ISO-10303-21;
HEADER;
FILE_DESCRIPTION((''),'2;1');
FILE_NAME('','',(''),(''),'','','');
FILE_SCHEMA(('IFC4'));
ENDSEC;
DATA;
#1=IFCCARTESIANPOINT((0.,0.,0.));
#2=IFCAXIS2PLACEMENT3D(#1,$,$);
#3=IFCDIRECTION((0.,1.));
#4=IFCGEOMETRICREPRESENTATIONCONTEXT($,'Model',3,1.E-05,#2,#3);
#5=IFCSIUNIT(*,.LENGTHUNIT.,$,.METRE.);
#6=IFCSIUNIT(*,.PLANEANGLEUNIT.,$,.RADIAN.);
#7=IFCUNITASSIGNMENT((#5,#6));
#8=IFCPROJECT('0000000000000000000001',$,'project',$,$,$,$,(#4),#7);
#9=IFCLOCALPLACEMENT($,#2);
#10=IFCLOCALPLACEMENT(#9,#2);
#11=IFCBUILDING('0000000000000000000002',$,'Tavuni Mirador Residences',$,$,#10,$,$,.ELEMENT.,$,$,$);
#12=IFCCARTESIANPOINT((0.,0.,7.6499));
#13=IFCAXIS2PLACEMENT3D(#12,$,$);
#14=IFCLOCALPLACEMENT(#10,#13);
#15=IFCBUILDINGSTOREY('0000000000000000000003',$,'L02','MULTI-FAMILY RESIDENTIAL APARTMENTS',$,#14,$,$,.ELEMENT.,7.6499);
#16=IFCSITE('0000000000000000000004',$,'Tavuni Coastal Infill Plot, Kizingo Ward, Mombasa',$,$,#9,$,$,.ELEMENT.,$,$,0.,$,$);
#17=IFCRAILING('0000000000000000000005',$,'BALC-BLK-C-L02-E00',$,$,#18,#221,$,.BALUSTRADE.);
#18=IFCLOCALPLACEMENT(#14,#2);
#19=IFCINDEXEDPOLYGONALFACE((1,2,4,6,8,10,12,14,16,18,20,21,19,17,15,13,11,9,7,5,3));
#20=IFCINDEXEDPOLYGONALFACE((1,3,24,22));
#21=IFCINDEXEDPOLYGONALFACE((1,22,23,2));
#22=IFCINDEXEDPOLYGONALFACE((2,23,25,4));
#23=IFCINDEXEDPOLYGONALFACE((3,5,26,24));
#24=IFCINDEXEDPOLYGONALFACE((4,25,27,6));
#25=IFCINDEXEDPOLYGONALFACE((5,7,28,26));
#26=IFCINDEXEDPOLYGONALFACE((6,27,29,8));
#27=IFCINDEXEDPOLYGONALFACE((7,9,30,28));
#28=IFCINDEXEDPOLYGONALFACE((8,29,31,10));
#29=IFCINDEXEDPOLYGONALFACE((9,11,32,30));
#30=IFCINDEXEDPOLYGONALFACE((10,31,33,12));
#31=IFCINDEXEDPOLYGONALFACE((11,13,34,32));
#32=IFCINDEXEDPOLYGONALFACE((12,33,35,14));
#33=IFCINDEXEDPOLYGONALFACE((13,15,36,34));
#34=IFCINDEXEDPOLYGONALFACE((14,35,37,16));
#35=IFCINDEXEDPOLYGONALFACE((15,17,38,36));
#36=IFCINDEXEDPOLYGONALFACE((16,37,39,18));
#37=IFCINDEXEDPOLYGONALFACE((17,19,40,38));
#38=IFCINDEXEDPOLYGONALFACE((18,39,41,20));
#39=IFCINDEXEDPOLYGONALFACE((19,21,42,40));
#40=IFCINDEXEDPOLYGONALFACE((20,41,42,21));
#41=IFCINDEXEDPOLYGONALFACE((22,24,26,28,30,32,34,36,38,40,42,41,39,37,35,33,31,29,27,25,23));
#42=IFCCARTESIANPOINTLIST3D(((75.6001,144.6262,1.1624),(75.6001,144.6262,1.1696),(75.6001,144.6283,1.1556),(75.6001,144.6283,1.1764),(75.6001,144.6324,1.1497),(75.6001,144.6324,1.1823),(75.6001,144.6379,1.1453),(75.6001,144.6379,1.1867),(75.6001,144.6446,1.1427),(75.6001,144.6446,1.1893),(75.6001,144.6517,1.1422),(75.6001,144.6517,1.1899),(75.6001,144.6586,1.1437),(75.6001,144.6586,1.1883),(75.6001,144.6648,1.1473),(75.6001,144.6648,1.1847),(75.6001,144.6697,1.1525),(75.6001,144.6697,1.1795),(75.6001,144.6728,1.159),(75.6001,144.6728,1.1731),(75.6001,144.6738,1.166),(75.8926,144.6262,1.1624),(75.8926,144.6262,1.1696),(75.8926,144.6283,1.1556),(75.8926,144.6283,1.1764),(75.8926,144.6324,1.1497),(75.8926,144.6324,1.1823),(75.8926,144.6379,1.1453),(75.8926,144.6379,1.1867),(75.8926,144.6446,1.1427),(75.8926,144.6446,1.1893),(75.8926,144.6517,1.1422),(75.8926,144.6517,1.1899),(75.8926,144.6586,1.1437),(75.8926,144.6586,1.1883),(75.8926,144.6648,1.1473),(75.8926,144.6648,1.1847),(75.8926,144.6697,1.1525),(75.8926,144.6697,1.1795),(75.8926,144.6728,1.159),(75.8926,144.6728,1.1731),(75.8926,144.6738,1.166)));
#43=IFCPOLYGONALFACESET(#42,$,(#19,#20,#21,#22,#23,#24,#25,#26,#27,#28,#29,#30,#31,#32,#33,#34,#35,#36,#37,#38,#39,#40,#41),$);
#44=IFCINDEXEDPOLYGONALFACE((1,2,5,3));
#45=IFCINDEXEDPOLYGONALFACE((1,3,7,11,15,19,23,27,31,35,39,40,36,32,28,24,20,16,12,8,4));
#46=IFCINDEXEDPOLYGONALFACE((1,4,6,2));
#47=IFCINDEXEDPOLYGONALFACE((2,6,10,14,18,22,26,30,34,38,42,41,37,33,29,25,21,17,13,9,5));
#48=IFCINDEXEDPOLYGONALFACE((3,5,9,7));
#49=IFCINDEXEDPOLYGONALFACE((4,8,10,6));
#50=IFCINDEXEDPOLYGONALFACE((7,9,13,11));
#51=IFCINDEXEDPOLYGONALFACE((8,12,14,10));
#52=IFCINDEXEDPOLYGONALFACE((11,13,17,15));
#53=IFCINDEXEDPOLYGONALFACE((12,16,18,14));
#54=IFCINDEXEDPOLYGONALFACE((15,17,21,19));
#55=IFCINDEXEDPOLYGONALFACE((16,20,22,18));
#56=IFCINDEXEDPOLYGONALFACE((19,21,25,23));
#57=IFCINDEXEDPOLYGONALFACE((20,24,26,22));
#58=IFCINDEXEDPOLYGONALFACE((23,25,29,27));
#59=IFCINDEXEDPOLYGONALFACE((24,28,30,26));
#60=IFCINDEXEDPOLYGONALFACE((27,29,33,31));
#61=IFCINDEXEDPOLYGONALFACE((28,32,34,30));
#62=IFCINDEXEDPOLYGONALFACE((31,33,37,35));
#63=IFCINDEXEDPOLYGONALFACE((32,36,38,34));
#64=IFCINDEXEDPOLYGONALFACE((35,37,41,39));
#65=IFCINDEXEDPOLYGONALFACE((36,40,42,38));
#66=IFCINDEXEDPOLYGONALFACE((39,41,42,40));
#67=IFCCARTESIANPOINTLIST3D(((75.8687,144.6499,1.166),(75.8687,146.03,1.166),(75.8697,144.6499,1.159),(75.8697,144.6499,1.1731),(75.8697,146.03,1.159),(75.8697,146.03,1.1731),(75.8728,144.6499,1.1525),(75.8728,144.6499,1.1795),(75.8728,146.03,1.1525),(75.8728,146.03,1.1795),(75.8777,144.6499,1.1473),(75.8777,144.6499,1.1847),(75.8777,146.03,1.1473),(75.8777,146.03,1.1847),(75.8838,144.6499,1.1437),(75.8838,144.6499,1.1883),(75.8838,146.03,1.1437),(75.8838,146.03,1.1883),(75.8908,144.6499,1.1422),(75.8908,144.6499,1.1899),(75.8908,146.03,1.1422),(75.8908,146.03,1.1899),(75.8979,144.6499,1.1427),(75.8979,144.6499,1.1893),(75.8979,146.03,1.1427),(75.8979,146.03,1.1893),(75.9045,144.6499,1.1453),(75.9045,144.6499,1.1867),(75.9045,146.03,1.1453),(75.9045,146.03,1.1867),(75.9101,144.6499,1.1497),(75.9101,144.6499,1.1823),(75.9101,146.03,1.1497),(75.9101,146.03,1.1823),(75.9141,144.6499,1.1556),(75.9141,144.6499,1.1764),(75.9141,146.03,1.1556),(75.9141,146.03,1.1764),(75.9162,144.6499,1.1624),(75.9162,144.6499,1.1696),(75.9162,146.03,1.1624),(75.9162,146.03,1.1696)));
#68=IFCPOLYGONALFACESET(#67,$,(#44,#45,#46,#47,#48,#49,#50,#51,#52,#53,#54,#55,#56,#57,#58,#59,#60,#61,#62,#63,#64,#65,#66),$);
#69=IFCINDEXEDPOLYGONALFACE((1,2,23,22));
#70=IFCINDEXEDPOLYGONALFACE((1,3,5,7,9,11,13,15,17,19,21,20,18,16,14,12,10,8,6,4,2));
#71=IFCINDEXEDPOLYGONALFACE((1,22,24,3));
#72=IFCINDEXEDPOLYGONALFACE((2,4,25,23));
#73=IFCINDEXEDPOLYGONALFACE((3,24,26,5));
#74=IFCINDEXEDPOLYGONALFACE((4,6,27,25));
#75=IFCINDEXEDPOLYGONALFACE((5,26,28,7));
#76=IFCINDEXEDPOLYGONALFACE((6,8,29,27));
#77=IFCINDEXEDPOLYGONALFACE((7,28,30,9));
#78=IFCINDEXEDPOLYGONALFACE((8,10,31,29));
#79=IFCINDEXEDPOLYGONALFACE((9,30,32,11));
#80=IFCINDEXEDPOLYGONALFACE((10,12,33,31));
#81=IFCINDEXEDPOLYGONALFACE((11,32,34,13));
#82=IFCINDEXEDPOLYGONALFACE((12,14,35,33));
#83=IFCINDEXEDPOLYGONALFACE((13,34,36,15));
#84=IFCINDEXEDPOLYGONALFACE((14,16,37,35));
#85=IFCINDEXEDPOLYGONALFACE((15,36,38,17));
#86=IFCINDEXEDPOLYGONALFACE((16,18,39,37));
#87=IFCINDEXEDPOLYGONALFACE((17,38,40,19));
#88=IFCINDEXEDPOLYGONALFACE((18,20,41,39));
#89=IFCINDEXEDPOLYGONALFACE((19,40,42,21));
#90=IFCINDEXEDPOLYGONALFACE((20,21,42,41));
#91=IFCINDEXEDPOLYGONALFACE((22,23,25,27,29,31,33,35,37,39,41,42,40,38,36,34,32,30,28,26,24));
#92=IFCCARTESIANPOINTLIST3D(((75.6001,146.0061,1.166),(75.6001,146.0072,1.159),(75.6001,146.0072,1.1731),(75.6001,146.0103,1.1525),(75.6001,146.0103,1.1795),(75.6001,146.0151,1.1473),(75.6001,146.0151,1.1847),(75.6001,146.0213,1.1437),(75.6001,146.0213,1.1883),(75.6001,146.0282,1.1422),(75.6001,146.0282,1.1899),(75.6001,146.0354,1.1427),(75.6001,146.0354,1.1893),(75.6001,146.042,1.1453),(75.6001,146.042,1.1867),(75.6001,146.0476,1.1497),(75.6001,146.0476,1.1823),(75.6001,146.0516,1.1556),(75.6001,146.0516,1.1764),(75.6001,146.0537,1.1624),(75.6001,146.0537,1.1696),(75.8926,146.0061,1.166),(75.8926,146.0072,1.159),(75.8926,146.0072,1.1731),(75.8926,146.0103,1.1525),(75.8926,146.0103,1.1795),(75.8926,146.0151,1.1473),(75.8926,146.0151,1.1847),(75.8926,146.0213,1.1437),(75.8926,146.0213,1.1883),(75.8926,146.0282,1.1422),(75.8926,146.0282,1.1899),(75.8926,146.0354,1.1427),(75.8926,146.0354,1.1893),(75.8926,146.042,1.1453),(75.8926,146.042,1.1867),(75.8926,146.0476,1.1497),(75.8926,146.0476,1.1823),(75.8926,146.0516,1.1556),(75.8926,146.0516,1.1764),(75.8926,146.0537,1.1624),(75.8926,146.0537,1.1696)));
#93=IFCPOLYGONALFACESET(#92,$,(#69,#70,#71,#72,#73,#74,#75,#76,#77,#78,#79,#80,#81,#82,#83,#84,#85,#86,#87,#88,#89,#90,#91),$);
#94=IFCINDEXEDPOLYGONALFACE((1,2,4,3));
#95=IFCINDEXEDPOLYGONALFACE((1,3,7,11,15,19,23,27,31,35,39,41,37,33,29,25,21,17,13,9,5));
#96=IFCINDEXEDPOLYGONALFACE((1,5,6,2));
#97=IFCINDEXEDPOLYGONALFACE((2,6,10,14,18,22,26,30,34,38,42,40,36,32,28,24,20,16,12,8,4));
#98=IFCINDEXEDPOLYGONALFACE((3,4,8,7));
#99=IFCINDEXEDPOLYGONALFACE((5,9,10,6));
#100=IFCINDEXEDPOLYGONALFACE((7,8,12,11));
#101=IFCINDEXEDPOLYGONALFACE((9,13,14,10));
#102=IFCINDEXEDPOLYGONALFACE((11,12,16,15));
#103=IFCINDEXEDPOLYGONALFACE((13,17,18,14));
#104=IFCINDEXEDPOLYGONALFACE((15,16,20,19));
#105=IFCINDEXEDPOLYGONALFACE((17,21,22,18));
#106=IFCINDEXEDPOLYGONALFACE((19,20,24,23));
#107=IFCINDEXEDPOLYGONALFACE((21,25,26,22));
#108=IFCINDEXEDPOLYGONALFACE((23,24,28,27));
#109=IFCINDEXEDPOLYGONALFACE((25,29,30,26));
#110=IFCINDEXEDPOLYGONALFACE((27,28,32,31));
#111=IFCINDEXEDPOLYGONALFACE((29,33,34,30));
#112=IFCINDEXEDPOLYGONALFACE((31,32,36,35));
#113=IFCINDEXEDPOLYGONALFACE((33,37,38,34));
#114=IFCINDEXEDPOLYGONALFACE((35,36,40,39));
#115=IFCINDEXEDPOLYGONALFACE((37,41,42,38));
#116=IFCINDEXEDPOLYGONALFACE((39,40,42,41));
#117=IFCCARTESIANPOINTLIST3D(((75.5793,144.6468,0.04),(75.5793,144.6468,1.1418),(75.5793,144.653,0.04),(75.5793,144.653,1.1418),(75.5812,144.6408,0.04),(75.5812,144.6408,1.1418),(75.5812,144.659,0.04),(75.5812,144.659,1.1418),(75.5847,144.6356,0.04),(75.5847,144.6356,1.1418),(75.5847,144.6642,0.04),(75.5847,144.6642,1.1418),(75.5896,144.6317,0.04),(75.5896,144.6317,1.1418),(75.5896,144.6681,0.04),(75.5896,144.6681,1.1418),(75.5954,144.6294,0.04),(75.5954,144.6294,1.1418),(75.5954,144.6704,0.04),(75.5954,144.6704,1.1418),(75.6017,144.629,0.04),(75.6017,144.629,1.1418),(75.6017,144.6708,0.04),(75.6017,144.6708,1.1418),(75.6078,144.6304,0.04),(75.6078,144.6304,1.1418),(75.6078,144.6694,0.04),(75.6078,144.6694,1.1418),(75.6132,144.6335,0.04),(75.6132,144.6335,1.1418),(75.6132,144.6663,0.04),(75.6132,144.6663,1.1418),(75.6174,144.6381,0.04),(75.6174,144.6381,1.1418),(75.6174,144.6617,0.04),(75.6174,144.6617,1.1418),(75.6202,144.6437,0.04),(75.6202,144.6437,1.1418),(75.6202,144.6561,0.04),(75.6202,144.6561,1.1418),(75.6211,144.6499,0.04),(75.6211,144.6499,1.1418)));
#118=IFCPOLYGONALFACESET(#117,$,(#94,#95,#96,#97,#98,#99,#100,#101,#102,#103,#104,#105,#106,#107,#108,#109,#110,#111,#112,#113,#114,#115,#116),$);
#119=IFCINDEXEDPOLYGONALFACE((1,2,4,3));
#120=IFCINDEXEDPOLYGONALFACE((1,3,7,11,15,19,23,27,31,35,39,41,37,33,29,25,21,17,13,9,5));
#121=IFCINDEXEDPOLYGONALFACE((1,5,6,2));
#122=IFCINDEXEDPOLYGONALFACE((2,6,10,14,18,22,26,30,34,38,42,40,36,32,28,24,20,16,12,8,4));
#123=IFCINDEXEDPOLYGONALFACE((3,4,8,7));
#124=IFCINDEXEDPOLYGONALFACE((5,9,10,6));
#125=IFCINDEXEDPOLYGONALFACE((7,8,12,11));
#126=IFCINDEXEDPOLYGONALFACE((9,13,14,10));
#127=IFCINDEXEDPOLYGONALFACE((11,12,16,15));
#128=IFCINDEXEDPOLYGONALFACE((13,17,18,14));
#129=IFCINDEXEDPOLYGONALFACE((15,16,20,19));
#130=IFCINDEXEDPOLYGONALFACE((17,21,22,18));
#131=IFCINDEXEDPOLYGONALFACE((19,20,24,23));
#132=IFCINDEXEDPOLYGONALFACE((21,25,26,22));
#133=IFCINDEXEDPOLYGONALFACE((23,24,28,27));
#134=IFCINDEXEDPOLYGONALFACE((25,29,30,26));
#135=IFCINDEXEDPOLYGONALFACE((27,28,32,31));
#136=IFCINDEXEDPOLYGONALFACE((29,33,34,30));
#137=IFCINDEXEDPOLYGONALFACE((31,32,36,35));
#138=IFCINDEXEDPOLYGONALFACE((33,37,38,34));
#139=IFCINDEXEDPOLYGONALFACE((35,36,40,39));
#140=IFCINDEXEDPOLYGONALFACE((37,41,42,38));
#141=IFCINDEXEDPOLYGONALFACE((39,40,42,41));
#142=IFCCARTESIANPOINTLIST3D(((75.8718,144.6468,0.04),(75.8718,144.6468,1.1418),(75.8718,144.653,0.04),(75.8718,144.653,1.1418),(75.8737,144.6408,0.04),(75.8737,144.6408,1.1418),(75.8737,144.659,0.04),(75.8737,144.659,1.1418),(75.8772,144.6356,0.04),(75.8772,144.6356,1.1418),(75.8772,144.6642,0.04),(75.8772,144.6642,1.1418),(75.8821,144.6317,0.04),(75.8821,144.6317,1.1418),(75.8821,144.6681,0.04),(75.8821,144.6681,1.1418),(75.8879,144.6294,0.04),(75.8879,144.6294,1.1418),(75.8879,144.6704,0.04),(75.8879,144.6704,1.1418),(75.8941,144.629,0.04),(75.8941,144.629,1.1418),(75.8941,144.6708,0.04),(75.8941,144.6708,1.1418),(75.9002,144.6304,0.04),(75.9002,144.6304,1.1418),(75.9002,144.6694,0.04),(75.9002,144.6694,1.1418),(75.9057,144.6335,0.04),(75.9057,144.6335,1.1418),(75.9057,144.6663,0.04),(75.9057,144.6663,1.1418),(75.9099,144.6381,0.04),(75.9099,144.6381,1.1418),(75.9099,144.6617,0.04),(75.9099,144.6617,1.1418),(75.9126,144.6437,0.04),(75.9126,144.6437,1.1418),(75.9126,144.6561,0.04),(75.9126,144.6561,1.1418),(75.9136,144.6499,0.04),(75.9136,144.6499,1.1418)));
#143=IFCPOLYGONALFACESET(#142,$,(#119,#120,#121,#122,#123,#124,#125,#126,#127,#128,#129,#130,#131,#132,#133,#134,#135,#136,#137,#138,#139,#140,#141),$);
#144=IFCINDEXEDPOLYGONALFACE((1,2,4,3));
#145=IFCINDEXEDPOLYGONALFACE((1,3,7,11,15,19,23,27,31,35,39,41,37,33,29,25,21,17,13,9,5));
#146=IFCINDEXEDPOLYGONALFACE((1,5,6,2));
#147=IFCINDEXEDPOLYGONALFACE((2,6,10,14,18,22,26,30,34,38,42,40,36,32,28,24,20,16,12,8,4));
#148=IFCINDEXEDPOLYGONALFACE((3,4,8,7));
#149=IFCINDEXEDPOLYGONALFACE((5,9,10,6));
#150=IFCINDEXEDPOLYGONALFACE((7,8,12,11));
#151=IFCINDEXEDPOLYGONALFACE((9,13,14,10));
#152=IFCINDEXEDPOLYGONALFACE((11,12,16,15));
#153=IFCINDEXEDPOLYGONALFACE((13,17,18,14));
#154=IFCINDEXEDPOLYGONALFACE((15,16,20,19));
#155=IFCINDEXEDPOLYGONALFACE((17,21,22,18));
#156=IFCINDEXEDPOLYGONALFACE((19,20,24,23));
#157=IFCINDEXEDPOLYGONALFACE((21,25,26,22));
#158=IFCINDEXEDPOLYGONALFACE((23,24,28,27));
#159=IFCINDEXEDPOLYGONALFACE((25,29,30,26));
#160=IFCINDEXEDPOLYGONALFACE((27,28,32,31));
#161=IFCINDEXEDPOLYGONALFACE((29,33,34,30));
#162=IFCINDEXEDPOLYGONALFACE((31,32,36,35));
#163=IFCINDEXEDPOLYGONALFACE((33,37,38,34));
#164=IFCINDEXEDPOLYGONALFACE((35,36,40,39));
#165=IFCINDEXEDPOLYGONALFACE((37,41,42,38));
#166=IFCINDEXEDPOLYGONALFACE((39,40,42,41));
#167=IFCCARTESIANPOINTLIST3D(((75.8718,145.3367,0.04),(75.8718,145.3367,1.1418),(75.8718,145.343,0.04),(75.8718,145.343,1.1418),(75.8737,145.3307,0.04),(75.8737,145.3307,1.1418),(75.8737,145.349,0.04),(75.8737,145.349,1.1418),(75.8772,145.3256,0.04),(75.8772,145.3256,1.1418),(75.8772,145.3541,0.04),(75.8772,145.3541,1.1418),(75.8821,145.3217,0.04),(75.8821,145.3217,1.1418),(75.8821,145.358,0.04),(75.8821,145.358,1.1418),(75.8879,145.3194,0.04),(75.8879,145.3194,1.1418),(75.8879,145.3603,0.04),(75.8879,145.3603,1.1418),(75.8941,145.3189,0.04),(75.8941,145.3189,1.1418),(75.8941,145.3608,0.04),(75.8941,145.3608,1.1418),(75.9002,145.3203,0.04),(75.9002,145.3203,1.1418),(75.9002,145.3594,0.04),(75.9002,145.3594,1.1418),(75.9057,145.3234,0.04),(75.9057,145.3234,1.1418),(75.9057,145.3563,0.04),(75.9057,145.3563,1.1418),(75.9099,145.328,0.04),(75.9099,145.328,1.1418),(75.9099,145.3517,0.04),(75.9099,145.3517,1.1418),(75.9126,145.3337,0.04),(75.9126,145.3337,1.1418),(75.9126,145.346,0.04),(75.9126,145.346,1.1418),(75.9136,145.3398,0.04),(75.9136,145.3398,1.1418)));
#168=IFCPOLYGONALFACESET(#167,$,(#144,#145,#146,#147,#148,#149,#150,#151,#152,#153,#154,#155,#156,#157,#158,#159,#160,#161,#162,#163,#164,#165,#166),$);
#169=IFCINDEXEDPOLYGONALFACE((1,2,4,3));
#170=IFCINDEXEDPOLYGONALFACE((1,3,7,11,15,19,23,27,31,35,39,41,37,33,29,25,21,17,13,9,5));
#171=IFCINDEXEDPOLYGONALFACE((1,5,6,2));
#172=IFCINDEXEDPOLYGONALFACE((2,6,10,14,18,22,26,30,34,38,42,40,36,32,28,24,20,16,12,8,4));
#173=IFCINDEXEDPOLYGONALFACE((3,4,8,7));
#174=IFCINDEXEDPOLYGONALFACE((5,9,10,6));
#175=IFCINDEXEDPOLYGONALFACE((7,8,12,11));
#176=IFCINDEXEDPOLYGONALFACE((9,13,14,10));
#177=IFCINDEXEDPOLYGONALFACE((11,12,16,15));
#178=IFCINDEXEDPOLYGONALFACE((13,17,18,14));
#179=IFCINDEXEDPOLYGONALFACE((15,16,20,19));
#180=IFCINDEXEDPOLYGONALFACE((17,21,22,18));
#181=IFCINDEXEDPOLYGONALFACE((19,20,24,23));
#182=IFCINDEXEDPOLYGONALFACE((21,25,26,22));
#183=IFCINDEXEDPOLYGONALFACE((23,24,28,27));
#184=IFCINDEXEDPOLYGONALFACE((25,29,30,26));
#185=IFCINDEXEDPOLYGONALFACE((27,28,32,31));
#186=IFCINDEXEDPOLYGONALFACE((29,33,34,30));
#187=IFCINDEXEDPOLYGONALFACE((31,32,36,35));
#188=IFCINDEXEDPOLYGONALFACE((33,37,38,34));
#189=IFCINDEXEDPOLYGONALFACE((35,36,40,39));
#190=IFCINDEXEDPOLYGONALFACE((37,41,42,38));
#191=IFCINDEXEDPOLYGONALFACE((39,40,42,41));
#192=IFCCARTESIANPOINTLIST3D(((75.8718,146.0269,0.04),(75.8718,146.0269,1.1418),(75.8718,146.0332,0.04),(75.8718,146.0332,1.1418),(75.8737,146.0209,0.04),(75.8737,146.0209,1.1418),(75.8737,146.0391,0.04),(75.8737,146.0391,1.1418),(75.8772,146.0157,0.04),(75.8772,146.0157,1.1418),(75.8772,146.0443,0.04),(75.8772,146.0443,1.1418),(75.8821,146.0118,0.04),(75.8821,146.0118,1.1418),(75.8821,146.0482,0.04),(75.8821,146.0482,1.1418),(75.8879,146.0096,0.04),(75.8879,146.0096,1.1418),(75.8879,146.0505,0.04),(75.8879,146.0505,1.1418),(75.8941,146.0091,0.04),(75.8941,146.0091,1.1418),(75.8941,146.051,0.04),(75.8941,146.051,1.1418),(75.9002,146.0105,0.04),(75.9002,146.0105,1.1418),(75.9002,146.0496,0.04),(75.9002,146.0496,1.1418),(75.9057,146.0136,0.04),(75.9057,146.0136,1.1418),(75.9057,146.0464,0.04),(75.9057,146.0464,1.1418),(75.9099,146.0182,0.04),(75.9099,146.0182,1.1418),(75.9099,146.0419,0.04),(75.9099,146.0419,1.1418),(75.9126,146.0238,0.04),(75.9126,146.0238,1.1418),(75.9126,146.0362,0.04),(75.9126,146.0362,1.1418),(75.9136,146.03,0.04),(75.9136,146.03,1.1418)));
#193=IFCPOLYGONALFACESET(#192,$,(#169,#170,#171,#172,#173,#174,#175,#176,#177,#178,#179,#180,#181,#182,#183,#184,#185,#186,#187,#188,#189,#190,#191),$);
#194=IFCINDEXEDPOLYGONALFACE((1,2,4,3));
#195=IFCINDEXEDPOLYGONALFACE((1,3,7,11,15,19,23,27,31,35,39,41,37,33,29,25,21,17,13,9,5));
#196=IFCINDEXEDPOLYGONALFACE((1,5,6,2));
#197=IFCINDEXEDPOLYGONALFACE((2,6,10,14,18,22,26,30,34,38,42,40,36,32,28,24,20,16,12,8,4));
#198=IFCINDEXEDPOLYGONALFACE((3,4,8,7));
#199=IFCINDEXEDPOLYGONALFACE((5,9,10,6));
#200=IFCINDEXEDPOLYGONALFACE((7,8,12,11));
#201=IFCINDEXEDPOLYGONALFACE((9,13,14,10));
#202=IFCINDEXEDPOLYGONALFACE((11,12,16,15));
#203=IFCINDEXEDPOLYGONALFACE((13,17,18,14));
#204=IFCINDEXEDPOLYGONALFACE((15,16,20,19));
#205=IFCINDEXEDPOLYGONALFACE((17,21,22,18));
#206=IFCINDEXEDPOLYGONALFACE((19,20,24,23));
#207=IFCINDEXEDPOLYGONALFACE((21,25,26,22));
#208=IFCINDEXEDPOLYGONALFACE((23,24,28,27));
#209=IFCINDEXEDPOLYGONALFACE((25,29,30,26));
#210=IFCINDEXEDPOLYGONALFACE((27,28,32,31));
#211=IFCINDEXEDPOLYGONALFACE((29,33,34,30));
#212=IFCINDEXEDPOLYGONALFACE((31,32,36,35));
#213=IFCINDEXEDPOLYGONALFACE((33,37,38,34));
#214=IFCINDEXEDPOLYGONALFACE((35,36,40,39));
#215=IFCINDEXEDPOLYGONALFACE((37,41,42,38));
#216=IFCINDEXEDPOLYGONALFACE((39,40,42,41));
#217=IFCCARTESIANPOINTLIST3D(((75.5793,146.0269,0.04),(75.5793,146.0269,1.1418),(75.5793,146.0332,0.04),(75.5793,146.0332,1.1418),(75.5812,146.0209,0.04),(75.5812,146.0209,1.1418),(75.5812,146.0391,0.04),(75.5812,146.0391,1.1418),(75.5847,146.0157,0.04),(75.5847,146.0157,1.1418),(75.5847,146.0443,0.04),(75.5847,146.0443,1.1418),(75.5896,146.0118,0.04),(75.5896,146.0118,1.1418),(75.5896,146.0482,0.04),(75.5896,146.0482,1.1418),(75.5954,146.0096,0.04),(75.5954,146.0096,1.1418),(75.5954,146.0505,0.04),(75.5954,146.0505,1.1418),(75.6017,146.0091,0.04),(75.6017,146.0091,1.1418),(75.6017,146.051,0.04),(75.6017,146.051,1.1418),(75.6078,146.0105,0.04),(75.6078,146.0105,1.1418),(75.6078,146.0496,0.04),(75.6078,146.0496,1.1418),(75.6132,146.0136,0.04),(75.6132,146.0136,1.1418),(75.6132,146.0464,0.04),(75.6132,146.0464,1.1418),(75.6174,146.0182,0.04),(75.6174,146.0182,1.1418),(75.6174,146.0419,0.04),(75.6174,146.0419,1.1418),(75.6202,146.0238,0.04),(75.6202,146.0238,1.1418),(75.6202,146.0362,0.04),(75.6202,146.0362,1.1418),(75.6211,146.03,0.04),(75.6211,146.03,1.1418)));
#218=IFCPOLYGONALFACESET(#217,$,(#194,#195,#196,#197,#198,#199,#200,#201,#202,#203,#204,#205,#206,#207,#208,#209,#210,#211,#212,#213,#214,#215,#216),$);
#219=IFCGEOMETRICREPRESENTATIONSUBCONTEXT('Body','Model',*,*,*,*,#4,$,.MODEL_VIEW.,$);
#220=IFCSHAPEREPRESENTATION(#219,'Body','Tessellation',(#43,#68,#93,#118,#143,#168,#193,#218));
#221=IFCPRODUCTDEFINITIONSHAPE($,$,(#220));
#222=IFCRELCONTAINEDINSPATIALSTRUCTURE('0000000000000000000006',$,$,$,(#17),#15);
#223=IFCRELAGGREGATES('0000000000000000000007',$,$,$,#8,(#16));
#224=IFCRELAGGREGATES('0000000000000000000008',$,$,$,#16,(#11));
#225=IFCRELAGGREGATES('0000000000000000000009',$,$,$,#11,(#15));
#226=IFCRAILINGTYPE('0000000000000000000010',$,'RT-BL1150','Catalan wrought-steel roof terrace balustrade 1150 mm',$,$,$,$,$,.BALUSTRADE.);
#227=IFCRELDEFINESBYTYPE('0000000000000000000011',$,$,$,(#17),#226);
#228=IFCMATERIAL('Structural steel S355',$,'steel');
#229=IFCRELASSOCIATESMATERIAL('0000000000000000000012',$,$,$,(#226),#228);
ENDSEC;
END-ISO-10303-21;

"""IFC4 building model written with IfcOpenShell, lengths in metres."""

from ifc_helpers import new_model, si_unit, direction, frame, origin, origin_2d, place, context, subcontext, project, spatial, circle, extrude, material, type_object, element, save


model = new_model("IFC4")

# Units and contexts
model_context = context("Model", 3, precision=1e-05, world=origin(), true_north=direction((0.0, 1.0)))
body_context = subcontext(model_context, "Body", "Model", "MODEL_VIEW")
ifc_project = project(units=[si_unit("LENGTHUNIT", "METRE"), si_unit("PLANEANGLEUNIT", "RADIAN")], contexts=[model_context])

# Site, building, storey
site_placement = place(None, origin())
site = spatial("IfcSite", under=ifc_project, at=site_placement, Name="Tavuni Coastal Infill Plot, Kizingo Ward, Mombasa", CompositionType="ELEMENT", RefElevation=0.0)
building_placement = place(site_placement, origin())
building = spatial("IfcBuilding", under=site, at=building_placement, Name="Tavuni Mirador Residences", CompositionType="ELEMENT")
storey_placement = place(building_placement, frame((0.0, 0.0, 7.6499)))
storey = spatial("IfcBuildingStorey", under=building, at=storey_placement, Name="L02", Description="MULTI-FAMILY RESIDENTIAL APARTMENTS", CompositionType="ELEMENT", Elevation=7.6499)

# Railing
ifc_material_1 = material(Name="Structural steel S355", Category="steel")
railing_type = type_object("IfcRailingType", Name="RT-BL1150", Description="Catalan wrought-steel roof terrace balustrade 1150 mm", PredefinedType="BALUSTRADE", material=ifc_material_1)
railing_placement = place(storey_placement, frame((75.6001, 144.6499, 0.04)))
element("IfcRailing", 1, at=railing_placement, inside=storey, type_object=railing_type, Name="BALC-BLK-C-L02-E00", PredefinedType="BALUSTRADE", context=body_context, shape_type="SweptSolid", body=[
    extrude(circle(Radius=0.0239, at=origin_2d()), frame((0.0, 0.0, 1.126), z_axis=(1.0, 0.0, 0.0), x_axis=(0.0, 1.0, 0.0)), (0.0, 0.0, 1.0), 0.2925),
    extrude(circle(Radius=0.0239, at=origin_2d()), frame((0.2925, 0.0, 1.126), z_axis=(0.0, 1.0, 0.0), x_axis=(-1.0, 0.0, 0.0)), (0.0, 0.0, 1.0), 1.3801),
    extrude(circle(Radius=0.0239, at=origin_2d()), frame((0.2925, 1.3801, 1.126), z_axis=(-1.0, 0.0, 0.0), x_axis=(0.0, -1.0, 0.0)), (0.0, 0.0, 1.0), 0.2925),
    extrude(circle(Radius=0.021, at=origin_2d()), origin(), (0.0, 0.0, 1.0), 1.1018),
    extrude(circle(Radius=0.021, at=origin_2d()), frame((0.2925, 0.0, 0.0)), (0.0, 0.0, 1.0), 1.1018),
    extrude(circle(Radius=0.021, at=origin_2d()), frame((0.2925, 0.6899, 0.0)), (0.0, 0.0, 1.0), 1.1018),
    extrude(circle(Radius=0.021, at=origin_2d()), frame((0.2925, 1.3801, 0.0)), (0.0, 0.0, 1.0), 1.1018),
    extrude(circle(Radius=0.021, at=origin_2d()), frame((0.0, 1.3801, 0.0)), (0.0, 0.0, 1.0), 1.1018),
])

save(model, "model.ifc")
